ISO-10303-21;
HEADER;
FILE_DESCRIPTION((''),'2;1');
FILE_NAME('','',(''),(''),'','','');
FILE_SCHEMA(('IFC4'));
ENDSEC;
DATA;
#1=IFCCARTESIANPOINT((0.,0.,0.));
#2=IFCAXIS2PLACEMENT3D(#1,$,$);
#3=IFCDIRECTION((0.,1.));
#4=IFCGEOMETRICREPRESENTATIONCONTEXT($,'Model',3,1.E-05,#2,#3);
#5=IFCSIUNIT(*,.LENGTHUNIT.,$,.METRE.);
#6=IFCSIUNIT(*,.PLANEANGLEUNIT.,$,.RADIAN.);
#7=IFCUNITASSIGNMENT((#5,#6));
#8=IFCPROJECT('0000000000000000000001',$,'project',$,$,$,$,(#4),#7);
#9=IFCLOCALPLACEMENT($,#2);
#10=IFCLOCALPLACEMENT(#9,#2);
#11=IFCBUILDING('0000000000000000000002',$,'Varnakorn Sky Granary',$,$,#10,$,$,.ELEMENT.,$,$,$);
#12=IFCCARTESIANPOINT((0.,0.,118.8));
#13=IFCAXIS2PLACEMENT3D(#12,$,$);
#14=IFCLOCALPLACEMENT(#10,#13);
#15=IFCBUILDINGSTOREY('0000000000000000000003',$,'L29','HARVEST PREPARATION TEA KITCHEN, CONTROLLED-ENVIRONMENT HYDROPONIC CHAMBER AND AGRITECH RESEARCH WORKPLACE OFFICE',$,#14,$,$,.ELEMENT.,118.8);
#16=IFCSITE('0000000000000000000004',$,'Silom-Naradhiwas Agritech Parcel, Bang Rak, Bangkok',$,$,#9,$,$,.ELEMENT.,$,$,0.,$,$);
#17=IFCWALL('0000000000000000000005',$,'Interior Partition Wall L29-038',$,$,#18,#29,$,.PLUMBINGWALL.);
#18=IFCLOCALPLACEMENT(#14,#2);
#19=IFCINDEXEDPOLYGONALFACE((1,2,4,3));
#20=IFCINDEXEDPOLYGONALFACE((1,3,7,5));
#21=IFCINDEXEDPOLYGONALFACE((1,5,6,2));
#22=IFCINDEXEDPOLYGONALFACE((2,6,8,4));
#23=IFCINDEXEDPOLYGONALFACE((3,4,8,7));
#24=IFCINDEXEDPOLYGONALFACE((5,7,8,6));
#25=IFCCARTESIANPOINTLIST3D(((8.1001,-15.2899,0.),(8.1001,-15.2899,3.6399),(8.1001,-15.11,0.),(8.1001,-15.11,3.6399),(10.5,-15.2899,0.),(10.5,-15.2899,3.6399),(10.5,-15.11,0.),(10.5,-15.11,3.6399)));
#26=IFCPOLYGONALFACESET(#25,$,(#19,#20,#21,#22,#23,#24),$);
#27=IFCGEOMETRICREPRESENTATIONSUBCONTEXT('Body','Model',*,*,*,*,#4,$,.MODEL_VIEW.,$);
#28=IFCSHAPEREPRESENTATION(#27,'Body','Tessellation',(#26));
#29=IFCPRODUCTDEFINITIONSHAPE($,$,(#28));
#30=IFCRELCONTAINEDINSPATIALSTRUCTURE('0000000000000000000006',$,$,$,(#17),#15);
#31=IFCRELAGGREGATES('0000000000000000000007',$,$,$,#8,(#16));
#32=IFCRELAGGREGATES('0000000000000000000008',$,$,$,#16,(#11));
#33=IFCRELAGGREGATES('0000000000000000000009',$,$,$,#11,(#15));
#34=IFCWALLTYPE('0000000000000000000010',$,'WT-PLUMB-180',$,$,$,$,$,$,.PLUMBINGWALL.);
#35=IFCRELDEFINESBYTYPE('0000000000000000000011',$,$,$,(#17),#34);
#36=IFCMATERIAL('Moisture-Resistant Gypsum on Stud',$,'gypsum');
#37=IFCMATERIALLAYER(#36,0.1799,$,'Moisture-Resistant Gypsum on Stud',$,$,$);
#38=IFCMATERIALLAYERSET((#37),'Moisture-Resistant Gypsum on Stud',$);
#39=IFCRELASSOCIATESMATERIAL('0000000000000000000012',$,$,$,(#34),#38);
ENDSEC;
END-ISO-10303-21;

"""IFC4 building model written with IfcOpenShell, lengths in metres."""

from ifc_helpers import new_model, si_unit, direction, frame, frame_2d, origin, place, context, subcontext, project, spatial, rectangle, extrude, material, layer, layer_set, type_object, element, save


model = new_model("IFC4")

# Units and contexts
model_context = context("Model", 3, precision=1e-05, world=origin(), true_north=direction((0.0, 1.0)))
body_context = subcontext(model_context, "Body", "Model", "MODEL_VIEW")
ifc_project = project(units=[si_unit("LENGTHUNIT", "METRE"), si_unit("PLANEANGLEUNIT", "RADIAN")], contexts=[model_context])

# Site, building, storey
site_placement = place(None, origin())
site = spatial("IfcSite", under=ifc_project, at=site_placement, Name="Silom-Naradhiwas Agritech Parcel, Bang Rak, Bangkok", CompositionType="ELEMENT", RefElevation=0.0)
building_placement = place(site_placement, origin())
building = spatial("IfcBuilding", under=site, at=building_placement, Name="Varnakorn Sky Granary", CompositionType="ELEMENT")
storey_placement = place(building_placement, frame((0.0, 0.0, 118.8)))
storey = spatial("IfcBuildingStorey", under=building, at=storey_placement, Name="L29", Description="HARVEST PREPARATION TEA KITCHEN, CONTROLLED-ENVIRONMENT HYDROPONIC CHAMBER AND AGRITECH RESEARCH WORKPLACE OFFICE", CompositionType="ELEMENT", Elevation=118.8)

# Wall
ifc_material_1 = material(Name="Moisture-Resistant Gypsum on Stud", Category="gypsum")
ifc_layer_1 = layer(ifc_material_1, 0.1799, Name="Moisture-Resistant Gypsum on Stud")
ifc_layer_set_1 = layer_set([ifc_layer_1], Name="Moisture-Resistant Gypsum on Stud")
wall_type = type_object("IfcWallType", Name="WT-PLUMB-180", PredefinedType="PLUMBINGWALL", material=ifc_layer_set_1)
wall_placement = place(storey_placement, frame((8.1001, -15.2, 0.0), z_axis=(0.0, 0.0, 1.0), x_axis=(1.0, 0.0, 0.0)))
element("IfcWall", 1, at=wall_placement, inside=storey, type_object=wall_type, Name="Interior Partition Wall L29-038", PredefinedType="PLUMBINGWALL", context=body_context, shape_type="SweptSolid", body=[
    extrude(rectangle(XDim=2.3999, YDim=0.1799, at=frame_2d((1.2, 0.0))), origin(), (0.0, 0.0, 1.0), 3.6399),
])

save(model, "model.ifc")
